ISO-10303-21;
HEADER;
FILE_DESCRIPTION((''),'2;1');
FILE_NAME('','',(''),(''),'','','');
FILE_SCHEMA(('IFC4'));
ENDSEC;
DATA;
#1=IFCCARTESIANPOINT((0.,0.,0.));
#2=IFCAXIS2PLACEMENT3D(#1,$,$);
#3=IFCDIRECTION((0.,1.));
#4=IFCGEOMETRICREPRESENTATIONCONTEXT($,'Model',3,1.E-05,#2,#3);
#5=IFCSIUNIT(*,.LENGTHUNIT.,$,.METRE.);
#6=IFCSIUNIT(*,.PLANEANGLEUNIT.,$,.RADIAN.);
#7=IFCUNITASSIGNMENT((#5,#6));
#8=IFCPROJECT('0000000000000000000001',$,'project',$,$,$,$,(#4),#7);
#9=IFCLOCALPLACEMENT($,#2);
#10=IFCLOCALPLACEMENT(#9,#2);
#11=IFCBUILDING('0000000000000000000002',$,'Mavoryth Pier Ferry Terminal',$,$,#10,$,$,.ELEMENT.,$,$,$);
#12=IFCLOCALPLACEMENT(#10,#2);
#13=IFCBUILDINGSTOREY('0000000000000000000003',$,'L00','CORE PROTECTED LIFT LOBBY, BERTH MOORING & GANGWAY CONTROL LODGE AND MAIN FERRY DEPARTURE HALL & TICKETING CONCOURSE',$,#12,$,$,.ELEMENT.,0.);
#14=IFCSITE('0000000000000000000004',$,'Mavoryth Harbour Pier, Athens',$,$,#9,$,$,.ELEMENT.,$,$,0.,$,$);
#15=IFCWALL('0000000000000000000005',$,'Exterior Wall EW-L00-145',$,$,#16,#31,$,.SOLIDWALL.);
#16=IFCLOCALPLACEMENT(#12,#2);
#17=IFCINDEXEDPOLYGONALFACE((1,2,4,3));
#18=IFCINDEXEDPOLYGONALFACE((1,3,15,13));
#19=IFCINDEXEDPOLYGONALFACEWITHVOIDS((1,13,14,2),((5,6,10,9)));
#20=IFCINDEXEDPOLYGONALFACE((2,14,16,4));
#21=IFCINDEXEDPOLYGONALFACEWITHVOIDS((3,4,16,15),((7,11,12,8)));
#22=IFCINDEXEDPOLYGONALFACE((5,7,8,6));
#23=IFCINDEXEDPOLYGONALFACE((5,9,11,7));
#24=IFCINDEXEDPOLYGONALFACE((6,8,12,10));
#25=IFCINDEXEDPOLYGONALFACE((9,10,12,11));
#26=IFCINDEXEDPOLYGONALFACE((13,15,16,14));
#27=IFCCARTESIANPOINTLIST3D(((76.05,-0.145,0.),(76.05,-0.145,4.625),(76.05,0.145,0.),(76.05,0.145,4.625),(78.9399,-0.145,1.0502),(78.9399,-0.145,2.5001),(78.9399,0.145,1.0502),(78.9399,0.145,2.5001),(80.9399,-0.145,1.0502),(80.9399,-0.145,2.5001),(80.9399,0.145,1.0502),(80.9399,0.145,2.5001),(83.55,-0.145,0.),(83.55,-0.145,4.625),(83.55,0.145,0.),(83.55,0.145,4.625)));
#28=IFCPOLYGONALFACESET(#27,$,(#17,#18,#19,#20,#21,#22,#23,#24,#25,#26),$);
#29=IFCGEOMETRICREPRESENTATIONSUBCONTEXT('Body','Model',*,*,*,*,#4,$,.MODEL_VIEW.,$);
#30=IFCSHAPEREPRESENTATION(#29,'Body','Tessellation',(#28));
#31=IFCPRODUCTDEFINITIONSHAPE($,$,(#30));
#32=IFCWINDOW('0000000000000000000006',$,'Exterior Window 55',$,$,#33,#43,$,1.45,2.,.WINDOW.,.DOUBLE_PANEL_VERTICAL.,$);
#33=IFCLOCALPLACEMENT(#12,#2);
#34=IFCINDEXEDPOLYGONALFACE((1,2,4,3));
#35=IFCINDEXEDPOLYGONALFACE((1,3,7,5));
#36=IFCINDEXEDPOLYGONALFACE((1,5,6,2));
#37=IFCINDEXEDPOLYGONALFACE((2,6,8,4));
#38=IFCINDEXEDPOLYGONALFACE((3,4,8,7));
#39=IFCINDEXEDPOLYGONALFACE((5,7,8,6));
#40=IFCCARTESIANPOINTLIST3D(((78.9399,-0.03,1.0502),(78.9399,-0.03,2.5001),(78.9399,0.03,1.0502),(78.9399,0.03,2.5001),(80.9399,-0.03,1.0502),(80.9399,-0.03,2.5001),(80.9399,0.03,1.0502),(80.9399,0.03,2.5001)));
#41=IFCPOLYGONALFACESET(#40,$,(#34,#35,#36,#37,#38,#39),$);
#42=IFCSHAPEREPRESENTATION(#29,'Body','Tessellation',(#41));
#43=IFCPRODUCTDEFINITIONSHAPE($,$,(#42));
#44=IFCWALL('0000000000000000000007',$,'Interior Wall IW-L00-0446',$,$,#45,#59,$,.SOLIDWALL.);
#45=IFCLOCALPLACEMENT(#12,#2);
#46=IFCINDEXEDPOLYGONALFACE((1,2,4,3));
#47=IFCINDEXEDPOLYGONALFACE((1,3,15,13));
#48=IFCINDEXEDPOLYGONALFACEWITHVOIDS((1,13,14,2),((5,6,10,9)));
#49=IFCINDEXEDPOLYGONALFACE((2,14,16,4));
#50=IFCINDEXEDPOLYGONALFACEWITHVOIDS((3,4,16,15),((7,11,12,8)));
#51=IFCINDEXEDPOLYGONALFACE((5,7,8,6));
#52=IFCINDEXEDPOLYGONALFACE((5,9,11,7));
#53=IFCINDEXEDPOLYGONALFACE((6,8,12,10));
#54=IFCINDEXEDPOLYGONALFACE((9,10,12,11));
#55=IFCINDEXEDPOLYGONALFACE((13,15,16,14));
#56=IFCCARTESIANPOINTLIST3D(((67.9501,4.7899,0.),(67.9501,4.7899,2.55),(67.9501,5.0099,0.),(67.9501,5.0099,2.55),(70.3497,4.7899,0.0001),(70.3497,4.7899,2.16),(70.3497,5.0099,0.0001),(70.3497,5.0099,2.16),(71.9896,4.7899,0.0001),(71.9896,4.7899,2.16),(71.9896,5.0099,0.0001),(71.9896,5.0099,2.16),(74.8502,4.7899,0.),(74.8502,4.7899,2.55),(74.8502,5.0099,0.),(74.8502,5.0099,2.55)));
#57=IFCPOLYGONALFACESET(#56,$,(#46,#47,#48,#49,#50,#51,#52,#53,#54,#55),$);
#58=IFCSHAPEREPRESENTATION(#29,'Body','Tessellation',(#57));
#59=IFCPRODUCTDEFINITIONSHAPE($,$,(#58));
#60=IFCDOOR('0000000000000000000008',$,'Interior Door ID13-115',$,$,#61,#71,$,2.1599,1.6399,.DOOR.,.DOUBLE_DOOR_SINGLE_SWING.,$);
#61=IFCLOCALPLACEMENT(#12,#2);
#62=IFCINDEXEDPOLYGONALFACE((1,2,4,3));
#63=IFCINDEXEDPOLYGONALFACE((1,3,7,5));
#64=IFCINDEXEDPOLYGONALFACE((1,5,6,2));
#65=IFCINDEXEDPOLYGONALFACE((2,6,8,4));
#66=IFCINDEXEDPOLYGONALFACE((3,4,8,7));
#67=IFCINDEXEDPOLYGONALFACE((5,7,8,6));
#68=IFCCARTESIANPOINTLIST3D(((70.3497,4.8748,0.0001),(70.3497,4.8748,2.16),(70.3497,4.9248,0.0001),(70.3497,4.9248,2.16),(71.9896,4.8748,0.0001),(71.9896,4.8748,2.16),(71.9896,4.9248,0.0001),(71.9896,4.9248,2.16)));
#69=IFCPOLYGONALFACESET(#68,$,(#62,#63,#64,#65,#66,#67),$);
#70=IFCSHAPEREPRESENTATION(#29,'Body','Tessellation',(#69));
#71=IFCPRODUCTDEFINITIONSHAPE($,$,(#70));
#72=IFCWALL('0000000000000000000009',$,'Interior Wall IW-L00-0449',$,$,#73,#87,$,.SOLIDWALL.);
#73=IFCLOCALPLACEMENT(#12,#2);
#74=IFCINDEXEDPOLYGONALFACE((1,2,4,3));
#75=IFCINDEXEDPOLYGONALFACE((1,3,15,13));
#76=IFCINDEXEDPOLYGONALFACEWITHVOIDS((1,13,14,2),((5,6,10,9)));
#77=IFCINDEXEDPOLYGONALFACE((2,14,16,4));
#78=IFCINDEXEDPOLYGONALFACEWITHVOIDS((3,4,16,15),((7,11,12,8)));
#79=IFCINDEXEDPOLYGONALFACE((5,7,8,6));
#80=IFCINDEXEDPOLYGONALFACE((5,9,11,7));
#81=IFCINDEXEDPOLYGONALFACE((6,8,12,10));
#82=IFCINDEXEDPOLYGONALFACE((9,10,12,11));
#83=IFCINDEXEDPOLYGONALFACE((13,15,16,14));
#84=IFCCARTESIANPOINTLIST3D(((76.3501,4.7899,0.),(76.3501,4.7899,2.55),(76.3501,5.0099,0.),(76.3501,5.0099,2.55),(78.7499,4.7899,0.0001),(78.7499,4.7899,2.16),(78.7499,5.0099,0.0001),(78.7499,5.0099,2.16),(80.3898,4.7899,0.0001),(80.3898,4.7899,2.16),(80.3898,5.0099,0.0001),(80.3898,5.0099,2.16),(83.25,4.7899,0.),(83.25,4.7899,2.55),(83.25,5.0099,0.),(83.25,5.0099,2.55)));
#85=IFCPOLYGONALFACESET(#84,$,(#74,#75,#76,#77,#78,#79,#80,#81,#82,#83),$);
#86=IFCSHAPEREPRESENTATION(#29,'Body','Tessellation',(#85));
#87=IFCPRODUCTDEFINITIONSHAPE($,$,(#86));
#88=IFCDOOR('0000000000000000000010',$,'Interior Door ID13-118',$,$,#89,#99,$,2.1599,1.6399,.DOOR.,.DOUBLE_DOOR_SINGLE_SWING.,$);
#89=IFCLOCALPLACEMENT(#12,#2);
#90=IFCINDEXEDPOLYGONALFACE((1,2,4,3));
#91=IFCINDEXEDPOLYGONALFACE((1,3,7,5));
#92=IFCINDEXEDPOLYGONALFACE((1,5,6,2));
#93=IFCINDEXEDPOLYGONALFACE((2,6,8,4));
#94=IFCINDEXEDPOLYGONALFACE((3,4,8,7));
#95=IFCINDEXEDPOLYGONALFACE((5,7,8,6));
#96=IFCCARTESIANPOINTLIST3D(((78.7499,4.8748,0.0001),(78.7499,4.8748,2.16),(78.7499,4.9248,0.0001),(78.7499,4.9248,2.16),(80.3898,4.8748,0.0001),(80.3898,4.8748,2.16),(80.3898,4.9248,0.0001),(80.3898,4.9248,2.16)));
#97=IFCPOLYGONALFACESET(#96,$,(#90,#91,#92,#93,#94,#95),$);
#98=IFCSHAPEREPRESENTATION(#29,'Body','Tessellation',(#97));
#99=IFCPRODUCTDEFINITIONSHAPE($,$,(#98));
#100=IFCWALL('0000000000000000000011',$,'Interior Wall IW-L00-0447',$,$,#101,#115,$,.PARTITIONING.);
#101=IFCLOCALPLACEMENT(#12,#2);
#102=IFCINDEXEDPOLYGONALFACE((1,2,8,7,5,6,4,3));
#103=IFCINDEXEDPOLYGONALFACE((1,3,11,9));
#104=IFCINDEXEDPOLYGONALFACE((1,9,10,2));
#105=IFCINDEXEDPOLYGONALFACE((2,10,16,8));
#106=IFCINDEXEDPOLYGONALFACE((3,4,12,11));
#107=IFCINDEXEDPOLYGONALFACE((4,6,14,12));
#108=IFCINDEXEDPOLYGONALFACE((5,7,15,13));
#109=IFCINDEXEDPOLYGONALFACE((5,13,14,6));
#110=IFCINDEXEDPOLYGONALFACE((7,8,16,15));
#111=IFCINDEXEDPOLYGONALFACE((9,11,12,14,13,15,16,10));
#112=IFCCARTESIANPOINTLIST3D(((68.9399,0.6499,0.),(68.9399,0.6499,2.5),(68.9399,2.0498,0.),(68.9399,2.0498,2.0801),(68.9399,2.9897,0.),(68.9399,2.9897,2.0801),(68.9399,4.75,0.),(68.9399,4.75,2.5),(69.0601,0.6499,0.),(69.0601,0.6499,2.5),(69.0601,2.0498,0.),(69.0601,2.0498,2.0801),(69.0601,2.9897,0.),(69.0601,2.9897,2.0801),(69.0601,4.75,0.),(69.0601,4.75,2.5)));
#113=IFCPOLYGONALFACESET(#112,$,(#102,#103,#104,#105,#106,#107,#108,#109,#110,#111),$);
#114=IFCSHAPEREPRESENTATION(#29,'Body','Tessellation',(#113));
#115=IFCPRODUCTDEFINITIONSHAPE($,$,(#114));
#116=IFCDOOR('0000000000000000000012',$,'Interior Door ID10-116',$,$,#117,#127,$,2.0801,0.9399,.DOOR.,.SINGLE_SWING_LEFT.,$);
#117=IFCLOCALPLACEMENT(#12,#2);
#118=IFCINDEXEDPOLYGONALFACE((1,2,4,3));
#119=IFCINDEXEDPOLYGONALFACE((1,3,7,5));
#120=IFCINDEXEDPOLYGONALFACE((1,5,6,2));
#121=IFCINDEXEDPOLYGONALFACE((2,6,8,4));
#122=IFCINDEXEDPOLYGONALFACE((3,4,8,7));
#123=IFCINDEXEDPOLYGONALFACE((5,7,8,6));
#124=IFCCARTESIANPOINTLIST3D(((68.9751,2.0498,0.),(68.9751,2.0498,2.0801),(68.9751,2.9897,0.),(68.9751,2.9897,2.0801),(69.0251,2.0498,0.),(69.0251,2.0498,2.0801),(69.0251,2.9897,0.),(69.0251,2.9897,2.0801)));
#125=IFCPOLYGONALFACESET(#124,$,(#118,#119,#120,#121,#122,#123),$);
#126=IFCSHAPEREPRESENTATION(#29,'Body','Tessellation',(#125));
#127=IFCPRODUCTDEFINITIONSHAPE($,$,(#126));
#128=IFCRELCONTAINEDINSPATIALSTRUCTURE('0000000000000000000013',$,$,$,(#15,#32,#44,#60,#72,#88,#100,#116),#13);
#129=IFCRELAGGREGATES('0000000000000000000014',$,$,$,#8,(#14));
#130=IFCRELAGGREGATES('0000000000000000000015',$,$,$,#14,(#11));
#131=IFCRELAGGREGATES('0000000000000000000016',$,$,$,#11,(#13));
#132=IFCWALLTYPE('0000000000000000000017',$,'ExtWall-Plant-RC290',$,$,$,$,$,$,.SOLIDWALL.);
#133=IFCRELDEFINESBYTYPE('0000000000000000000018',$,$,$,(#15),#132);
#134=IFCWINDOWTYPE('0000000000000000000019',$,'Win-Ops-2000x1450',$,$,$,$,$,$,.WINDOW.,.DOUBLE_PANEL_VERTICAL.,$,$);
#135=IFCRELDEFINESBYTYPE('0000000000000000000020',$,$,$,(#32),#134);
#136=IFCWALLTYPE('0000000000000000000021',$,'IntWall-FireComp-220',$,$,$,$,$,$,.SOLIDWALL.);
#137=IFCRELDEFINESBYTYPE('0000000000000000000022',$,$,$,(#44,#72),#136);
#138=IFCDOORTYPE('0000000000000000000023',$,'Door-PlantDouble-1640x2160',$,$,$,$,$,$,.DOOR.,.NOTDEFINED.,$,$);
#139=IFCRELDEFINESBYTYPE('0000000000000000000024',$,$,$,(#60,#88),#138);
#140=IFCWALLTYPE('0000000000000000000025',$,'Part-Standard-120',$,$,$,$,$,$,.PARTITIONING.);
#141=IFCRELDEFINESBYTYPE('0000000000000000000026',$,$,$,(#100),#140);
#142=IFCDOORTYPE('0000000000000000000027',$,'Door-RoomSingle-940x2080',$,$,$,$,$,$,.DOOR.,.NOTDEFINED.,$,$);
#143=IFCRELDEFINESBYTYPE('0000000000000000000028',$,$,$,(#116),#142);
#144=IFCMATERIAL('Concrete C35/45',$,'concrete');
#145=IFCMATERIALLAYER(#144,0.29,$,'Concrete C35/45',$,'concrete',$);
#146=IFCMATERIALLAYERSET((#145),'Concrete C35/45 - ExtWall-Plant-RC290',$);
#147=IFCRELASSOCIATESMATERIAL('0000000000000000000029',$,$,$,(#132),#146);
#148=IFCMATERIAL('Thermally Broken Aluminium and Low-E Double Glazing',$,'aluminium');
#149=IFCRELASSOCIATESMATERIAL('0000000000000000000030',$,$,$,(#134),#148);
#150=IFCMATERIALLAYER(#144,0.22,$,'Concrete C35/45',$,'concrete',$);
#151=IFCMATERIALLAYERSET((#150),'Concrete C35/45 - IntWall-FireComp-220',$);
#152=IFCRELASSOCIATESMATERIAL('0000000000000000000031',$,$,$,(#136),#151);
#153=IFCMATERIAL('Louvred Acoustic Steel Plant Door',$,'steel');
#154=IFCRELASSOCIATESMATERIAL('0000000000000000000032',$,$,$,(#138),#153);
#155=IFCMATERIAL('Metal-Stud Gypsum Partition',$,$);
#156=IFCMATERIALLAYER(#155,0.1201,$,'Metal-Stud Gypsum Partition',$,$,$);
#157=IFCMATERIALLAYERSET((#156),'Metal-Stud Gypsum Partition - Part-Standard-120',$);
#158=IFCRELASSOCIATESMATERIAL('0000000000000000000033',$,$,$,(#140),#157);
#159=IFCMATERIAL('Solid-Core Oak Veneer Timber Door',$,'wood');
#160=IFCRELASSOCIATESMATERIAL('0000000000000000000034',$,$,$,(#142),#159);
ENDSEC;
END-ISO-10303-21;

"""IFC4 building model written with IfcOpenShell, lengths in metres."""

from ifc_helpers import new_model, si_unit, direction, frame, frame_2d, origin, place, context, subcontext, project, spatial, rectangle, extrude, material, layer, layer_set, type_object, element, fill, save


model = new_model("IFC4")

# Units and contexts
model_context = context("Model", 3, precision=1e-05, world=origin(), true_north=direction((0.0, 1.0)))
body_context = subcontext(model_context, "Body", "Model", "MODEL_VIEW")
ifc_project = project(units=[si_unit("LENGTHUNIT", "METRE"), si_unit("PLANEANGLEUNIT", "RADIAN")], contexts=[model_context])

# Site, building, storey
site_placement = place(None, origin())
site = spatial("IfcSite", under=ifc_project, at=site_placement, Name="Mavoryth Harbour Pier, Athens", CompositionType="ELEMENT", RefElevation=0.0)
building_placement = place(site_placement, origin())
building = spatial("IfcBuilding", under=site, at=building_placement, Name="Mavoryth Pier Ferry Terminal", CompositionType="ELEMENT")
storey_placement = place(building_placement, origin())
storey = spatial("IfcBuildingStorey", under=building, at=storey_placement, Name="L00", Description="CORE PROTECTED LIFT LOBBY, BERTH MOORING & GANGWAY CONTROL LODGE AND MAIN FERRY DEPARTURE HALL & TICKETING CONCOURSE", CompositionType="ELEMENT", Elevation=0.0)

# Shared definitions
ifc_material_1 = material(Name="Concrete C35/45", Category="concrete")

# Shared definitions
ifc_layer_1 = layer(ifc_material_1, 0.29, Name="Concrete C35/45", Category="concrete")
ifc_layer_set_1 = layer_set([ifc_layer_1], Name="Concrete C35/45 - ExtWall-Plant-RC290")
wall_type_1 = type_object("IfcWallType", Name="ExtWall-Plant-RC290", PredefinedType="SOLIDWALL", material=ifc_layer_set_1)
ifc_material_2 = material(Name="Thermally Broken Aluminium and Low-E Double Glazing", Category="aluminium")

# Wall, opening, window
wall_1_placement = place(storey_placement, frame((76.05, 0.0, 0.0), z_axis=(0.0, 0.0, 1.0), x_axis=(1.0, 0.0, 0.0)))
wall_1 = element("IfcWall", 1, at=wall_1_placement, inside=storey, type_object=wall_type_1, Name="Exterior Wall EW-L00-145", PredefinedType="SOLIDWALL", context=body_context, shape_type="SweptSolid", body=[
    extrude(rectangle(XDim=7.5, YDim=0.29, at=frame_2d((3.75, 0.0))), origin(), (0.0, 0.0, 1.0), 4.625),
])
opening_1_placement = place(wall_1_placement, frame((2.8899, 0.0, 1.05)))
opening_1 = element("IfcOpeningElement", 2, at=opening_1_placement, cuts=wall_1, PredefinedType="OPENING", context=body_context, shape_type="SweptSolid", body=[
    extrude(rectangle(XDim=2.0, YDim=1.45, at=frame_2d((1.0, 0.7251))), frame((0.0, 0.155, 0.0), z_axis=(0.0, -1.0, 0.0), x_axis=(1.0, 0.0, 0.0)), (0.0, 0.0, 1.0), 0.3101),
])
window_type_1 = type_object("IfcWindowType", Name="Win-Ops-2000x1450", PartitioningType="DOUBLE_PANEL_VERTICAL", PredefinedType="WINDOW", material=ifc_material_2)
window_1_placement = place(opening_1_placement, origin())
window_1 = element("IfcWindow", 3, at=window_1_placement, inside=storey, type_object=window_type_1, Name="Exterior Window 55", OverallHeight=1.45, OverallWidth=2.0, PartitioningType="DOUBLE_PANEL_VERTICAL", PredefinedType="WINDOW", context=body_context, shape_type="SweptSolid", body=[
    extrude(rectangle(XDim=2.0, YDim=1.45, at=frame_2d((1.0, 0.7251))), frame((0.0, 0.03, 0.0), z_axis=(0.0, -1.0, 0.0), x_axis=(1.0, 0.0, 0.0)), (0.0, 0.0, 1.0), 0.0601),
])
fill(opening_1, window_1)

# Walls, openings, doors
ifc_layer_2 = layer(ifc_material_1, 0.22, Name="Concrete C35/45", Category="concrete")
ifc_layer_set_2 = layer_set([ifc_layer_2], Name="Concrete C35/45 - IntWall-FireComp-220")
wall_type_2 = type_object("IfcWallType", Name="IntWall-FireComp-220", PredefinedType="SOLIDWALL", material=ifc_layer_set_2)
wall_2_placement = place(storey_placement, frame((67.95, 4.8999, 0.0), z_axis=(0.0, 0.0, 1.0), x_axis=(1.0, 0.0, 0.0)))
wall_2 = element("IfcWall", 4, at=wall_2_placement, inside=storey, type_object=wall_type_2, Name="Interior Wall IW-L00-0446", PredefinedType="SOLIDWALL", context=body_context, shape_type="SweptSolid", body=[
    extrude(rectangle(XDim=6.9001, YDim=0.22, at=frame_2d((3.4502, 0.0))), origin(), (0.0, 0.0, 1.0), 2.55),
])
opening_2_placement = place(wall_2_placement, frame((2.3999, 0.0, 0.0)))
opening_2 = element("IfcOpeningElement", 5, at=opening_2_placement, cuts=wall_2, PredefinedType="OPENING", context=body_context, shape_type="SweptSolid", body=[
    extrude(rectangle(XDim=1.6399, YDim=2.1599, at=frame_2d((0.8198, 1.0801))), frame((0.0, 0.1199, 0.0), z_axis=(0.0, -1.0, 0.0), x_axis=(1.0, 0.0, 0.0)), (0.0, 0.0, 1.0), 0.24),
])
ifc_material_3 = material(Name="Louvred Acoustic Steel Plant Door", Category="steel")
door_type_1 = type_object("IfcDoorType", Name="Door-PlantDouble-1640x2160", OperationType="NOTDEFINED", PredefinedType="DOOR", material=ifc_material_3)
door_1_placement = place(opening_2_placement, origin())
door_1 = element("IfcDoor", 6, at=door_1_placement, inside=storey, type_object=door_type_1, Name="Interior Door ID13-115", OperationType="DOUBLE_DOOR_SINGLE_SWING", OverallHeight=2.1599, OverallWidth=1.6399, PredefinedType="DOOR", context=body_context, shape_type="SweptSolid", body=[
    extrude(rectangle(XDim=1.6399, YDim=2.1599, at=frame_2d((0.8198, 1.0801))), frame((0.0, 0.0249, 0.0), z_axis=(0.0, -1.0, 0.0), x_axis=(1.0, 0.0, 0.0)), (0.0, 0.0, 1.0), 0.05),
])
fill(opening_2, door_1)
wall_3_placement = place(storey_placement, frame((76.3501, 4.8999, 0.0), z_axis=(0.0, 0.0, 1.0), x_axis=(1.0, 0.0, 0.0)))
wall_3 = element("IfcWall", 7, at=wall_3_placement, inside=storey, type_object=wall_type_2, Name="Interior Wall IW-L00-0449", PredefinedType="SOLIDWALL", context=body_context, shape_type="SweptSolid", body=[
    extrude(rectangle(XDim=6.8999, YDim=0.22, at=frame_2d((3.45, 0.0))), origin(), (0.0, 0.0, 1.0), 2.55),
])
opening_3_placement = place(wall_3_placement, frame((2.3999, 0.0, 0.0)))
opening_3 = element("IfcOpeningElement", 8, at=opening_3_placement, cuts=wall_3, PredefinedType="OPENING", context=body_context, shape_type="SweptSolid", body=[
    extrude(rectangle(XDim=1.6399, YDim=2.1599, at=frame_2d((0.8198, 1.0801))), frame((0.0, 0.1199, 0.0), z_axis=(0.0, -1.0, 0.0), x_axis=(1.0, 0.0, 0.0)), (0.0, 0.0, 1.0), 0.24),
])
door_2_placement = place(opening_3_placement, origin())
door_2 = element("IfcDoor", 9, at=door_2_placement, inside=storey, type_object=door_type_1, Name="Interior Door ID13-118", OperationType="DOUBLE_DOOR_SINGLE_SWING", OverallHeight=2.1599, OverallWidth=1.6399, PredefinedType="DOOR", context=body_context, shape_type="SweptSolid", body=[
    extrude(rectangle(XDim=1.6399, YDim=2.1599, at=frame_2d((0.8198, 1.0801))), frame((0.0, 0.0249, 0.0), z_axis=(0.0, -1.0, 0.0), x_axis=(1.0, 0.0, 0.0)), (0.0, 0.0, 1.0), 0.05),
])
fill(opening_3, door_2)
ifc_material_4 = material(Name="Metal-Stud Gypsum Partition")
ifc_layer_3 = layer(ifc_material_4, 0.1201, Name="Metal-Stud Gypsum Partition")
ifc_layer_set_3 = layer_set([ifc_layer_3], Name="Metal-Stud Gypsum Partition - Part-Standard-120")
wall_type_3 = type_object("IfcWallType", Name="Part-Standard-120", PredefinedType="PARTITIONING", material=ifc_layer_set_3)
wall_4_placement = place(storey_placement, frame((69.0, 0.6499, 0.0), z_axis=(0.0, 0.0, 1.0), x_axis=(0.0, 1.0, 0.0)))
wall_4 = element("IfcWall", 10, at=wall_4_placement, inside=storey, type_object=wall_type_3, Name="Interior Wall IW-L00-0447", PredefinedType="PARTITIONING", context=body_context, shape_type="SweptSolid", body=[
    extrude(rectangle(XDim=4.1001, YDim=0.1201, at=frame_2d((2.05, 0.0))), origin(), (0.0, 0.0, 1.0), 2.5),
])
opening_4_placement = place(wall_4_placement, frame((1.3999, 0.0, 0.0)))
opening_4 = element("IfcOpeningElement", 11, at=opening_4_placement, cuts=wall_4, PredefinedType="OPENING", context=body_context, shape_type="SweptSolid", body=[
    extrude(rectangle(XDim=0.9399, YDim=2.0801, at=frame_2d((0.47, 1.04))), frame((0.0, 0.0701, 0.0), z_axis=(0.0, -1.0, 0.0), x_axis=(1.0, 0.0, 0.0)), (0.0, 0.0, 1.0), 0.1401),
])
ifc_material_5 = material(Name="Solid-Core Oak Veneer Timber Door", Category="wood")
door_type_2 = type_object("IfcDoorType", Name="Door-RoomSingle-940x2080", OperationType="NOTDEFINED", PredefinedType="DOOR", material=ifc_material_5)
door_3_placement = place(opening_4_placement, origin())
door_3 = element("IfcDoor", 12, at=door_3_placement, inside=storey, type_object=door_type_2, Name="Interior Door ID10-116", OperationType="SINGLE_SWING_LEFT", OverallHeight=2.0801, OverallWidth=0.9399, PredefinedType="DOOR", context=body_context, shape_type="SweptSolid", body=[
    extrude(rectangle(XDim=0.9399, YDim=2.0801, at=frame_2d((0.47, 1.04))), frame((0.0, 0.0249, 0.0), z_axis=(0.0, -1.0, 0.0), x_axis=(1.0, 0.0, 0.0)), (0.0, 0.0, 1.0), 0.05),
])
fill(opening_4, door_3)

save(model, "model.ifc")
